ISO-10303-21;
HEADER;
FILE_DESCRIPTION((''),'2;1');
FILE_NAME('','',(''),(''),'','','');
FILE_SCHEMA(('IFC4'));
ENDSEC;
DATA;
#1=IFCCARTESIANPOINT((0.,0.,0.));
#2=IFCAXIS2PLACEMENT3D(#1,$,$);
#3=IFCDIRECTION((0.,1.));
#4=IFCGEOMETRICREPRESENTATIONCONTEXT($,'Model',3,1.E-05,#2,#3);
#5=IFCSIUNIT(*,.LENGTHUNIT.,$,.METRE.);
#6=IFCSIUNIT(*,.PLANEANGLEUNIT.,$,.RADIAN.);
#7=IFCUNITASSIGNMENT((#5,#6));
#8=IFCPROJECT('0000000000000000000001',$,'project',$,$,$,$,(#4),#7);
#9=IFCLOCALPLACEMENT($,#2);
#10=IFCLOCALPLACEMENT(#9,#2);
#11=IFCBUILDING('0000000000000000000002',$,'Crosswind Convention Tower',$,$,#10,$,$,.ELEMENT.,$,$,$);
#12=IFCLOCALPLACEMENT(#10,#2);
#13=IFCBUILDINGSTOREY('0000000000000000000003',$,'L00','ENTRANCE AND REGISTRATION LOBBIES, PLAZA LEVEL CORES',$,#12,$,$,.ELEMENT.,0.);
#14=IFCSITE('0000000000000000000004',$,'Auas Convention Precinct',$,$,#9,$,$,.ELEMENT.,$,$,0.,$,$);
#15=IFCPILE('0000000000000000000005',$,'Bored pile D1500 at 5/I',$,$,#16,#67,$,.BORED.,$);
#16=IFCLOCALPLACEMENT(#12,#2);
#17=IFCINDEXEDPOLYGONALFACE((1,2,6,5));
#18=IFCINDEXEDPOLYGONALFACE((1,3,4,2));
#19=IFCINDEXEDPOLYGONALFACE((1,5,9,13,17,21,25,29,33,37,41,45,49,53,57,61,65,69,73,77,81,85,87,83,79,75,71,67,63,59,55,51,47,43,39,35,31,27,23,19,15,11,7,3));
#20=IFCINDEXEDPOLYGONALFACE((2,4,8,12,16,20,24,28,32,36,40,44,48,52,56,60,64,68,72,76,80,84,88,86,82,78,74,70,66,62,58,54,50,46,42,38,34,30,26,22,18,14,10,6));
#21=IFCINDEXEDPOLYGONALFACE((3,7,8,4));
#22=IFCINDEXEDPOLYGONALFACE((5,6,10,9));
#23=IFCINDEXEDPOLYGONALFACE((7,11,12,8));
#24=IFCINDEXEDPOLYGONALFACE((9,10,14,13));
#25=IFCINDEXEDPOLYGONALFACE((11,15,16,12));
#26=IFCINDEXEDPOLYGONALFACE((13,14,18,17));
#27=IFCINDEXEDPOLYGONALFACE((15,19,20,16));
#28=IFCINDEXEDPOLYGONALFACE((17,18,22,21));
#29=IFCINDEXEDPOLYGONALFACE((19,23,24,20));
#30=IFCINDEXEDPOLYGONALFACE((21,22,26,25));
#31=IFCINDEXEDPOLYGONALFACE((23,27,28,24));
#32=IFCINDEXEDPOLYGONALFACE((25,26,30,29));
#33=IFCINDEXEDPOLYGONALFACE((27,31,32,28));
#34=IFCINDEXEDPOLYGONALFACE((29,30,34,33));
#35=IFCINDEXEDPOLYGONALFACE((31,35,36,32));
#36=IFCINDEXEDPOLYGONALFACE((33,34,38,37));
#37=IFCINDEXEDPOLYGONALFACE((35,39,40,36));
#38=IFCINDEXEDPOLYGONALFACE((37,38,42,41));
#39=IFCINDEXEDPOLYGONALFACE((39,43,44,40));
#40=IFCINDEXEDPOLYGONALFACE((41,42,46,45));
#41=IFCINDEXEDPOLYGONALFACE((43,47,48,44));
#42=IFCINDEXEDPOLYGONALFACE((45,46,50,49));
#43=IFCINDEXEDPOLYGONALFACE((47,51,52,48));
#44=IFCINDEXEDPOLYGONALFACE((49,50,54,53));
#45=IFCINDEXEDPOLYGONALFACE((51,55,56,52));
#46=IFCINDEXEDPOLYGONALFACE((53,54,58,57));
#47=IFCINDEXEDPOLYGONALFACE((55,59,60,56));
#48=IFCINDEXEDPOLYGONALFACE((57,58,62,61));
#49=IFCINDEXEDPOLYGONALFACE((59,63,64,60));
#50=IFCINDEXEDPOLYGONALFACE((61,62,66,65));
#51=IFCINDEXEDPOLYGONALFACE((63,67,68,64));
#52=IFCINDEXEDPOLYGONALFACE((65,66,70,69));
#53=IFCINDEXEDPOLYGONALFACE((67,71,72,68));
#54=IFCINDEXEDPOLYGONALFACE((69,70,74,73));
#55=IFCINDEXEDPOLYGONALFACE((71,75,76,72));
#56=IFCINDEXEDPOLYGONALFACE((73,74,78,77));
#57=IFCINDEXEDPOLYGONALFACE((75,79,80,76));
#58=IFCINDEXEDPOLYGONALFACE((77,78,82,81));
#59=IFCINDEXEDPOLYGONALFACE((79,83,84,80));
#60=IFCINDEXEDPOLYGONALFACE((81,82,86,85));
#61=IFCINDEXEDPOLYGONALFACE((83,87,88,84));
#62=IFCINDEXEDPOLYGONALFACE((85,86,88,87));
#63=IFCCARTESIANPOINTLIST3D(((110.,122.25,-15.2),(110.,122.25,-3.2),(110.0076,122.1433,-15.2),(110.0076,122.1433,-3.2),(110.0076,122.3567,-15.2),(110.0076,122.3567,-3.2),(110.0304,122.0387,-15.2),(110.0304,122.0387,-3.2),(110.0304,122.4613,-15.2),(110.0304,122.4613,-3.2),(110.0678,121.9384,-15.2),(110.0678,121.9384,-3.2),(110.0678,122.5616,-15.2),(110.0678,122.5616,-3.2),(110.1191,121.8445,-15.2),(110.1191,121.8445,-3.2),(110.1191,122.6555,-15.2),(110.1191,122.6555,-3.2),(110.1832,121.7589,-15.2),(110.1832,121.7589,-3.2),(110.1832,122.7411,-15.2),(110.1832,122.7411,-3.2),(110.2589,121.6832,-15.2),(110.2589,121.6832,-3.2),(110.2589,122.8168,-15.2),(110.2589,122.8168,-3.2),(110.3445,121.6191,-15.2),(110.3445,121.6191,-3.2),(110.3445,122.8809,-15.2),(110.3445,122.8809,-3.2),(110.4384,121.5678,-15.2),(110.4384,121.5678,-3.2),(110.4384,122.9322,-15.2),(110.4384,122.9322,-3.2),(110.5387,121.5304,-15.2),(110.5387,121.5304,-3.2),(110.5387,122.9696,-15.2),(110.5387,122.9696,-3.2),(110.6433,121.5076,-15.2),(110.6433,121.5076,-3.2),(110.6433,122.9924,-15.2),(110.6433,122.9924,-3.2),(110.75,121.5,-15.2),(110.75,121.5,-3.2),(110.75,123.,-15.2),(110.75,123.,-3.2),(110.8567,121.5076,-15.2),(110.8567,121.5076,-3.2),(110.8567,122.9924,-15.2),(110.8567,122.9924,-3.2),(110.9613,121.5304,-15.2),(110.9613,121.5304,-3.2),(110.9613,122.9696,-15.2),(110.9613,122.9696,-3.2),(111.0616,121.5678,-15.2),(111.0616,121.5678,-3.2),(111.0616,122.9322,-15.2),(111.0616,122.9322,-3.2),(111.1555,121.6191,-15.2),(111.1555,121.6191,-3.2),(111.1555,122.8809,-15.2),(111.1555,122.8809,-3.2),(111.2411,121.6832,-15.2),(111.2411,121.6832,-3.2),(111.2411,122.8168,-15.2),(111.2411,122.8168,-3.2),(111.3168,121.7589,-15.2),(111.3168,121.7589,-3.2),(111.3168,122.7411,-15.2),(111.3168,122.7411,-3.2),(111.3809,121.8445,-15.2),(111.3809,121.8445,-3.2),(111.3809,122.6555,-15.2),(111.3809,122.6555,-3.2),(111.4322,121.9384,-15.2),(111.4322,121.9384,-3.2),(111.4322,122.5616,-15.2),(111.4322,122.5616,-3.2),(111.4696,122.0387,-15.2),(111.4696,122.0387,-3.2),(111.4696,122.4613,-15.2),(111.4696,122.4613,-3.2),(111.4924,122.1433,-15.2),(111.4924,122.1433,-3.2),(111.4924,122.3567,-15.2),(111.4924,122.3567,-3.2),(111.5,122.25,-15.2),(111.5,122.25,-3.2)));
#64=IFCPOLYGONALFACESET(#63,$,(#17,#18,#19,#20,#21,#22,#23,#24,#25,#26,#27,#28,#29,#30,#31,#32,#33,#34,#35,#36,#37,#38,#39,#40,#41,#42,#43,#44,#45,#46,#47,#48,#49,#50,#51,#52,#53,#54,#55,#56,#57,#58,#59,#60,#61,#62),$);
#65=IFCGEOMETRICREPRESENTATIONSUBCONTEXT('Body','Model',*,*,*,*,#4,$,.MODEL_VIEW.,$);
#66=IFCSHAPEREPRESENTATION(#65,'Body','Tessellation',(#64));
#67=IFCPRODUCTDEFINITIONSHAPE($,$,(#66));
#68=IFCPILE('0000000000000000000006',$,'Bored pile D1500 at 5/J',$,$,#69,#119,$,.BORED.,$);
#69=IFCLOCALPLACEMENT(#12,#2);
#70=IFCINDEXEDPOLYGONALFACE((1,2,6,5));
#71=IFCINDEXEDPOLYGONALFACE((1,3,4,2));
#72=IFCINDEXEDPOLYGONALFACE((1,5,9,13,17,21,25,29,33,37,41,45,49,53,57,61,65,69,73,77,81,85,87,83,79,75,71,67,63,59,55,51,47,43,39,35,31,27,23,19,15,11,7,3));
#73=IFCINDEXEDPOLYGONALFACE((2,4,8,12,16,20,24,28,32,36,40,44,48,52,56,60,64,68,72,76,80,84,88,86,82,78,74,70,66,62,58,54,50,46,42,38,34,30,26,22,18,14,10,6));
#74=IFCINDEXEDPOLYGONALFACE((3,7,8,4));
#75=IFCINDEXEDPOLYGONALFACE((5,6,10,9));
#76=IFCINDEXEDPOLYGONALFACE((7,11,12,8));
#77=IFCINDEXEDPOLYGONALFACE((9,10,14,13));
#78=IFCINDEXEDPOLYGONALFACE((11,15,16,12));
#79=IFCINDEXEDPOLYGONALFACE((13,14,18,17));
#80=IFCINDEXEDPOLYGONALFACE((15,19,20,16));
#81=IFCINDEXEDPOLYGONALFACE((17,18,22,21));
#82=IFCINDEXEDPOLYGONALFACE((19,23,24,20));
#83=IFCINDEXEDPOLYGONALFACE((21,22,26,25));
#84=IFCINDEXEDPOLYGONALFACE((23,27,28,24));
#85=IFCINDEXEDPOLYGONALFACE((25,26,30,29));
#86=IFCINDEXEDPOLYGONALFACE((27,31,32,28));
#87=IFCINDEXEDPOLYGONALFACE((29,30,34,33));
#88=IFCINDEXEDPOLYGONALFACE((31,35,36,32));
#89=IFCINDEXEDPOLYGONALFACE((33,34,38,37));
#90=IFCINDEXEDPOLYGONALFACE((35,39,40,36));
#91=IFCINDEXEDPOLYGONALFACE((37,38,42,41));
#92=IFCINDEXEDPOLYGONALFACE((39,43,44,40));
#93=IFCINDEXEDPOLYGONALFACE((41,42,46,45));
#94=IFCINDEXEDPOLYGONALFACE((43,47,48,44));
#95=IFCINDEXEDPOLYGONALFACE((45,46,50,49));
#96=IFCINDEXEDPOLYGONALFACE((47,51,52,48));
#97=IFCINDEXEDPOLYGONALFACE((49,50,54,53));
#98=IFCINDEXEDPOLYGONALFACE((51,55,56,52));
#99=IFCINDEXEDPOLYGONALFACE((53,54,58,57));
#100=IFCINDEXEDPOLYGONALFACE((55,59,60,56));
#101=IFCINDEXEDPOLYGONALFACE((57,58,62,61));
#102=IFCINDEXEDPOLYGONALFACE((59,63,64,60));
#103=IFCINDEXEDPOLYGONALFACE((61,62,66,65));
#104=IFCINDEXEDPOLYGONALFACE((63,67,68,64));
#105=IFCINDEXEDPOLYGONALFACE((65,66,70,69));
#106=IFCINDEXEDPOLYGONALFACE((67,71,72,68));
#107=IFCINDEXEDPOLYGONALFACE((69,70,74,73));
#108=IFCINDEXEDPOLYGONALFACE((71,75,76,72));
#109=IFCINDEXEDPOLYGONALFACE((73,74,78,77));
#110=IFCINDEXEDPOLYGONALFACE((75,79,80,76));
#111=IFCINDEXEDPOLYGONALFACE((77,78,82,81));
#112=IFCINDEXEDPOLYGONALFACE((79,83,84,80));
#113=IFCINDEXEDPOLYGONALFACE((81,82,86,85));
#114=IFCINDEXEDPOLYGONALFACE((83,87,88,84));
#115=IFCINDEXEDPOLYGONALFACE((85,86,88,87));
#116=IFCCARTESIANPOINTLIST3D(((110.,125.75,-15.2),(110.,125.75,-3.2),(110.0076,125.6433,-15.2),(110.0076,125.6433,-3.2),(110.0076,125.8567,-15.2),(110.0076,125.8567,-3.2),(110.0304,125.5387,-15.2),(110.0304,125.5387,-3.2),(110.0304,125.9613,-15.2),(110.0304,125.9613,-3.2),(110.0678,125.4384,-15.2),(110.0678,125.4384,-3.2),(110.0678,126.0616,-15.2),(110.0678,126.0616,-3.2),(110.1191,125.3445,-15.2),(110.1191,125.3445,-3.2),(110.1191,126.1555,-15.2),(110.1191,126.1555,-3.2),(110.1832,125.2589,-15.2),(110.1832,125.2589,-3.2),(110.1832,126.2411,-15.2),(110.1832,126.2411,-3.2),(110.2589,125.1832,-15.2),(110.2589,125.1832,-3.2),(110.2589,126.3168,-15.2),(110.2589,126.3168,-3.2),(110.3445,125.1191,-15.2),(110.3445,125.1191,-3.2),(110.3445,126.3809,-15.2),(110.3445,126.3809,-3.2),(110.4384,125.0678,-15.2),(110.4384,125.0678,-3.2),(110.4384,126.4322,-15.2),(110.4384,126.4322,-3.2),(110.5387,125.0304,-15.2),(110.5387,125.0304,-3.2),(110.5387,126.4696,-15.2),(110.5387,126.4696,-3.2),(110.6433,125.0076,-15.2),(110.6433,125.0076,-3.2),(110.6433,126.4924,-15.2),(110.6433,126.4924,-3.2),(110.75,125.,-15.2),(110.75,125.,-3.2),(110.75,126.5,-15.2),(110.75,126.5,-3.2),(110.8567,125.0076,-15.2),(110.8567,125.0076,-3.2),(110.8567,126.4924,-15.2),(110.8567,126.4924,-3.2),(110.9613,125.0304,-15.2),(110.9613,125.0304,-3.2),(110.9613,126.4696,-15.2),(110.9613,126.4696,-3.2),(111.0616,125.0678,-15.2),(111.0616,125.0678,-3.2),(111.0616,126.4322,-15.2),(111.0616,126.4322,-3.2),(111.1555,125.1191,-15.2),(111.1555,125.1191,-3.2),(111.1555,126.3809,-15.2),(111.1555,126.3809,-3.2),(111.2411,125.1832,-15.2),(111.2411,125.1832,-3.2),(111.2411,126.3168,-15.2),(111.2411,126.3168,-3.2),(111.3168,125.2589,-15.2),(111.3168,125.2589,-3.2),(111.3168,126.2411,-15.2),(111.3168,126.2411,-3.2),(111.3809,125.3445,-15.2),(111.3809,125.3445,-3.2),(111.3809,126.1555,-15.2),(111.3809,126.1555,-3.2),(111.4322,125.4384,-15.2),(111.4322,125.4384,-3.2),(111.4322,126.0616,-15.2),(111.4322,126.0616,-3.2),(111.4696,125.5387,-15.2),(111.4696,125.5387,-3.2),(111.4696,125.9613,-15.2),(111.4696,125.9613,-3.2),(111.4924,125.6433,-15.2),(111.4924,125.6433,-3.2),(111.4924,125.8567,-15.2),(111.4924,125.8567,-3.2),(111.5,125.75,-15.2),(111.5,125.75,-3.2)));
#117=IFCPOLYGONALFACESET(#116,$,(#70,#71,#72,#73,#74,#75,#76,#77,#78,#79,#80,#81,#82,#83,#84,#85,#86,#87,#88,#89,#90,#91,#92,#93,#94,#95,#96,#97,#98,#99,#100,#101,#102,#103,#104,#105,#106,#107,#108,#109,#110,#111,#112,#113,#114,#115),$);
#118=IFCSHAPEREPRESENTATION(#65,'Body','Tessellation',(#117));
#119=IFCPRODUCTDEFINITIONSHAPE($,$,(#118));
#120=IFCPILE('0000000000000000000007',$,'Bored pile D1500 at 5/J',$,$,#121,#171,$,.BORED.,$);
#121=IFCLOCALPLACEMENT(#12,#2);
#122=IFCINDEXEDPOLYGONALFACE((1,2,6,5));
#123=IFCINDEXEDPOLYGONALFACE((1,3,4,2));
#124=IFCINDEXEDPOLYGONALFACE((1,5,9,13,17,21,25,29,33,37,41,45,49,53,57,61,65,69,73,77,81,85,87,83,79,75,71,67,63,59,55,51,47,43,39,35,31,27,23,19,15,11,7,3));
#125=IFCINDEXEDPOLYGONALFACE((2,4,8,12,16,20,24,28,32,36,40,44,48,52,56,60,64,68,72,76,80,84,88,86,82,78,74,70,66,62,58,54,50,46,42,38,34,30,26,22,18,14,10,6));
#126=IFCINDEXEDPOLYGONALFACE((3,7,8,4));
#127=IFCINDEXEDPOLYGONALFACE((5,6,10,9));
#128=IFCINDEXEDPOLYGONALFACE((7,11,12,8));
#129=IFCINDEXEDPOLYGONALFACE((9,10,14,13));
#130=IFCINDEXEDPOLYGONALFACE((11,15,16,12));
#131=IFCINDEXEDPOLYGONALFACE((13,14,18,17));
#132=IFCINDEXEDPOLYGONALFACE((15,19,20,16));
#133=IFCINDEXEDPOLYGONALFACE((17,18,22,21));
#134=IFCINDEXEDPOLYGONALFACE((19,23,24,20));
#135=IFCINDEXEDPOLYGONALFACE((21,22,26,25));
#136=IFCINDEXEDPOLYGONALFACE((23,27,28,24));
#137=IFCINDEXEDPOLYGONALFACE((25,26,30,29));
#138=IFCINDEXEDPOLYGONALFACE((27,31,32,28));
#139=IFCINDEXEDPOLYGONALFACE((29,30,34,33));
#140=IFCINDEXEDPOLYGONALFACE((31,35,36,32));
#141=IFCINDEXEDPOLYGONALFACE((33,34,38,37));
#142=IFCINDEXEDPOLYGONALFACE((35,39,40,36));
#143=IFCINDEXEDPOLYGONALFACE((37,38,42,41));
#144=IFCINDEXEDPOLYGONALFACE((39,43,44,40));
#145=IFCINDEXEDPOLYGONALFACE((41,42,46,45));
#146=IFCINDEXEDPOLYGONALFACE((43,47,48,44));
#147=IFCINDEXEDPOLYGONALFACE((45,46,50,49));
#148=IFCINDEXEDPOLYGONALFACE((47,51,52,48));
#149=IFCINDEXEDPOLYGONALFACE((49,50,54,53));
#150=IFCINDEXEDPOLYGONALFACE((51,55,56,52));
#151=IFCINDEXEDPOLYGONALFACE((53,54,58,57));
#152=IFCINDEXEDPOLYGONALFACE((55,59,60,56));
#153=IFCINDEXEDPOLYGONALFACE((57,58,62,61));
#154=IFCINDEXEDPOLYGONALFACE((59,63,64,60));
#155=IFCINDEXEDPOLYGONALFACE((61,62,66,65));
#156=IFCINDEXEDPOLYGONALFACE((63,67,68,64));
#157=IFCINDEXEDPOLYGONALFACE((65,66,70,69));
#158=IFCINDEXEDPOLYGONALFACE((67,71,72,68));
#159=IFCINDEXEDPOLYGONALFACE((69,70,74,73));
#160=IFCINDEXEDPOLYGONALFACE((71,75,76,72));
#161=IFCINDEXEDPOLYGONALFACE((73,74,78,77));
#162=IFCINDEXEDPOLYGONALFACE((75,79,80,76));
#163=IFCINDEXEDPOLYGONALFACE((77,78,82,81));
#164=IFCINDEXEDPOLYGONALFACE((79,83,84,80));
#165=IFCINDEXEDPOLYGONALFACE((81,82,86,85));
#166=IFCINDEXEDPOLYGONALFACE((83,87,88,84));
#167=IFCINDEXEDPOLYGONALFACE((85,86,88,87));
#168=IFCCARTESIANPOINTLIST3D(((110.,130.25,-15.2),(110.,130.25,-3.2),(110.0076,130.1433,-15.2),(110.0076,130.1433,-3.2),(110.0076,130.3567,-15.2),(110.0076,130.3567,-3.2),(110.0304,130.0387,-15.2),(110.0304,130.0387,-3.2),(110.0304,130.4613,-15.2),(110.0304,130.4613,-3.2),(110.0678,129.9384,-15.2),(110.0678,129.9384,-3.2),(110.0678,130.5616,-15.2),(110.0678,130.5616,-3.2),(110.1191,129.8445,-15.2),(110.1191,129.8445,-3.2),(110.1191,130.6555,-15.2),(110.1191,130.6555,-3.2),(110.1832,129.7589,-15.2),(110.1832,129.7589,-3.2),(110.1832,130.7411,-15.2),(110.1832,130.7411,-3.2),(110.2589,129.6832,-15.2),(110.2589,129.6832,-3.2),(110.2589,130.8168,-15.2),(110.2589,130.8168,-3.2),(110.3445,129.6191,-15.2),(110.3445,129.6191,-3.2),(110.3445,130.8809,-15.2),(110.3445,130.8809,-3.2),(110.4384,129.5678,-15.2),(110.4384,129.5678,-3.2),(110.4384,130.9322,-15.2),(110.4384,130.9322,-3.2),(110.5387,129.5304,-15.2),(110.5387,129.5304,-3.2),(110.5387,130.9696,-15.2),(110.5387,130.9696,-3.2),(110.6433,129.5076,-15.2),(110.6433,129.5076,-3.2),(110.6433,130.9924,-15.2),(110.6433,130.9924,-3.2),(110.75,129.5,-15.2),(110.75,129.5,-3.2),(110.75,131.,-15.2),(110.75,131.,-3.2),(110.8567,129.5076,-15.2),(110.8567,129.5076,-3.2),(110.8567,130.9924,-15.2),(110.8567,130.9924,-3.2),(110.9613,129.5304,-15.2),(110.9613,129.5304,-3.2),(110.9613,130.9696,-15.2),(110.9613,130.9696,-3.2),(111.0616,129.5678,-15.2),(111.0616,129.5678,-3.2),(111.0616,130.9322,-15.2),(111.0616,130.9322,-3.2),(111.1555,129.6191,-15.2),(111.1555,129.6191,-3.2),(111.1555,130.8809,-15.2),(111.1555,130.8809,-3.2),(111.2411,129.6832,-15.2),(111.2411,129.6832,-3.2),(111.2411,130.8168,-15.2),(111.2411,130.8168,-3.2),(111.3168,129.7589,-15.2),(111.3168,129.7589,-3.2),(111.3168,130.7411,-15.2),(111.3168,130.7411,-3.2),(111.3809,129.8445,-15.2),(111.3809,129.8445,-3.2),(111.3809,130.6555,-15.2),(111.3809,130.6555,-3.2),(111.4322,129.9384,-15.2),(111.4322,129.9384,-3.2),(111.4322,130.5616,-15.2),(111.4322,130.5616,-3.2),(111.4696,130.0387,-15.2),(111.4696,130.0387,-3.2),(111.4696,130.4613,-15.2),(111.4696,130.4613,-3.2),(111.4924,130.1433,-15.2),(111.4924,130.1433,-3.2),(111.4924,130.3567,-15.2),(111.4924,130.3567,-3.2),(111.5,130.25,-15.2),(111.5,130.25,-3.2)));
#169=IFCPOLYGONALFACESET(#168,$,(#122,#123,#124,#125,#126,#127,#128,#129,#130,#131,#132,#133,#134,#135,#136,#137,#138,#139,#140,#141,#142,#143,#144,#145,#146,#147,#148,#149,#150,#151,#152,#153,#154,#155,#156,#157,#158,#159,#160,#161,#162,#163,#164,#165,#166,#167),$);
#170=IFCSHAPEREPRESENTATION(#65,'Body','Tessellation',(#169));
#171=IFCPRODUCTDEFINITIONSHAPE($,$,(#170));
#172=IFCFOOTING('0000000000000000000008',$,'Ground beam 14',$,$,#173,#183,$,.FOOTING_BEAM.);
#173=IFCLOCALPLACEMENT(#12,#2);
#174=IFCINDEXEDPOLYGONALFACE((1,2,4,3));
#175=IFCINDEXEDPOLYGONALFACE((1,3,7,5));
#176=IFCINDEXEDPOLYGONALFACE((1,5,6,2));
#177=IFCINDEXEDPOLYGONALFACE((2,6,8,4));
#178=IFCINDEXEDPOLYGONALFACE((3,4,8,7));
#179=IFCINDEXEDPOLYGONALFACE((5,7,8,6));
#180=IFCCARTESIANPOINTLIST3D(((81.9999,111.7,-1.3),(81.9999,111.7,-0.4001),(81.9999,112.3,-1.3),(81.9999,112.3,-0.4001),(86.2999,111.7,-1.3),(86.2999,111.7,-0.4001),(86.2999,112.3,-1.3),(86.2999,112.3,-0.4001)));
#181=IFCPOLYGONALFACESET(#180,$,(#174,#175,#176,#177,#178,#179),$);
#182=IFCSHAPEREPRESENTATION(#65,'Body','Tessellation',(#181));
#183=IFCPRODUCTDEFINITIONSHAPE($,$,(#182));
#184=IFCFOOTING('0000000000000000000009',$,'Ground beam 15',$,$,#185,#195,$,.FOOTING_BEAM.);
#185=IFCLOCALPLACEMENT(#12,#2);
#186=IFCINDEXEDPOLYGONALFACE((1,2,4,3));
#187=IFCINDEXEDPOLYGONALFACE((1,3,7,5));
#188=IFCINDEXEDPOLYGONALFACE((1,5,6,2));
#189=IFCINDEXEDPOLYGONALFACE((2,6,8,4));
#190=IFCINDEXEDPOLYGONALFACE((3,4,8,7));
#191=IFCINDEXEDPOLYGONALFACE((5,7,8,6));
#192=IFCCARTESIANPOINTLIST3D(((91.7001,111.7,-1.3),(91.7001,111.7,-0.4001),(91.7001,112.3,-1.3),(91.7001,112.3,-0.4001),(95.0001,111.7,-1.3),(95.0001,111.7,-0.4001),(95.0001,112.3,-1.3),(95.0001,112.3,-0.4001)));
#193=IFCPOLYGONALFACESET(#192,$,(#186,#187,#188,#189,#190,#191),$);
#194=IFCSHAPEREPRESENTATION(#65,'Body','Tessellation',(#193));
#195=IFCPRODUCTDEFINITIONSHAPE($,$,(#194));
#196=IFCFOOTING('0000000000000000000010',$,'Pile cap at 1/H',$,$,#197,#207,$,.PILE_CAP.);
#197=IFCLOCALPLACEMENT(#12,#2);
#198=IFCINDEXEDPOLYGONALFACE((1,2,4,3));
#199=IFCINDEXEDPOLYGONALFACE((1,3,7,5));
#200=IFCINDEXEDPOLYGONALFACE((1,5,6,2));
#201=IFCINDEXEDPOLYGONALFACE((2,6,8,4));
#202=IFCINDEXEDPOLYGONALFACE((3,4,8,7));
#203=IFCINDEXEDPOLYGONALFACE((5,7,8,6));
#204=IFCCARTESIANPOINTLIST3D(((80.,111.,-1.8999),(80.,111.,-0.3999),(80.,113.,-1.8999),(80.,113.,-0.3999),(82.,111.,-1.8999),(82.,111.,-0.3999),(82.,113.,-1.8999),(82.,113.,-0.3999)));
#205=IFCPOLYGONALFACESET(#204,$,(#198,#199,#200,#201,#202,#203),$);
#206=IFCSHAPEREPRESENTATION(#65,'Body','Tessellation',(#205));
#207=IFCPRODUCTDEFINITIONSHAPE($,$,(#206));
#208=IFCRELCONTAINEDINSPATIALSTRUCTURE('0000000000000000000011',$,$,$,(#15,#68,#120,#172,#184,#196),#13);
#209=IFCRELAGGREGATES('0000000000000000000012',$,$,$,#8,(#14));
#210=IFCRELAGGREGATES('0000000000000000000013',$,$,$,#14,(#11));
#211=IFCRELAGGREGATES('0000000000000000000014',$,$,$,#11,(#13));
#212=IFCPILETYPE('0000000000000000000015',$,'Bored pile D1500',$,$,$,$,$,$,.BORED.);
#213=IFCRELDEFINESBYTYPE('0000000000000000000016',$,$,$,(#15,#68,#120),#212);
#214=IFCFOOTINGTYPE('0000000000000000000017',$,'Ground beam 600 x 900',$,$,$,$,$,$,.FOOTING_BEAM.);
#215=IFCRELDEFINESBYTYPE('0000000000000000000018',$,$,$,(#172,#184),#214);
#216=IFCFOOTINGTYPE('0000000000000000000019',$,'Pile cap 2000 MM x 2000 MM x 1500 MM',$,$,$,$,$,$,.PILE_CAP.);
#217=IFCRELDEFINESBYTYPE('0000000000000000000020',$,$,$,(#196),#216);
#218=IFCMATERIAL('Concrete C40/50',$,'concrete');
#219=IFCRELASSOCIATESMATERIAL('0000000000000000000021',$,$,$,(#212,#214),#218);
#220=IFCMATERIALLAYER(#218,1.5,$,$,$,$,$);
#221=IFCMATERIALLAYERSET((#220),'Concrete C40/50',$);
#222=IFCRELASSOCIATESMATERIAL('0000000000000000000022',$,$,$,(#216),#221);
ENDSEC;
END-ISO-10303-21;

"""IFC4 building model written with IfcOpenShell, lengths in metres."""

from ifc_helpers import new_model, si_unit, direction, frame, origin, origin_2d, place, context, subcontext, project, spatial, rectangle, circle, extrude, material, layer, layer_set, material_profile, profile_set, type_object, element, save


model = new_model("IFC4")

# Units and contexts
model_context = context("Model", 3, precision=1e-05, world=origin(), true_north=direction((0.0, 1.0)))
body_context = subcontext(model_context, "Body", "Model", "MODEL_VIEW")
ifc_project = project(units=[si_unit("LENGTHUNIT", "METRE"), si_unit("PLANEANGLEUNIT", "RADIAN")], contexts=[model_context])

# Site, building, storey
site_placement = place(None, origin())
site = spatial("IfcSite", under=ifc_project, at=site_placement, Name="Auas Convention Precinct", CompositionType="ELEMENT", RefElevation=0.0)
building_placement = place(site_placement, origin())
building = spatial("IfcBuilding", under=site, at=building_placement, Name="Crosswind Convention Tower", CompositionType="ELEMENT")
storey_placement = place(building_placement, origin())
storey = spatial("IfcBuildingStorey", under=building, at=storey_placement, Name="L00", Description="ENTRANCE AND REGISTRATION LOBBIES, PLAZA LEVEL CORES", CompositionType="ELEMENT", Elevation=0.0)

# Piles
ifc_material_1 = material(Name="Concrete C40/50", Category="concrete")
ifc_material_profile_1 = material_profile(ifc_material_1, circle(Radius=0.75, at=origin_2d()), Name="Bored pile D1500")
ifc_profile_set_1 = profile_set([ifc_material_profile_1], Name="Concrete C40/50")
pile_type_1 = type_object("IfcPileType", Name="Bored pile D1500", PredefinedType="BORED", material=ifc_profile_set_1)
for number, where, z_axis, x_axis, name in (
    (1, (110.75, 122.25, -3.2), (0.0, 0.0, -1.0), (1.0, 0.0, 0.0), "Bored pile D1500 at 5/I"),
    (2, (110.75, 125.75, -3.2), (0.0, 0.0, -1.0), (1.0, 0.0, 0.0), "Bored pile D1500 at 5/J"),
    (3, (110.75, 130.25, -3.2), (0.0, 0.0, -1.0), (1.0, 0.0, 0.0), "Bored pile D1500 at 5/J"),
):
    element("IfcPile", number, at=place(storey_placement, frame(where, z_axis=z_axis, x_axis=x_axis)), inside=storey, type_object=pile_type_1, Name=name, PredefinedType="BORED", context=body_context, shape_type="SweptSolid", body=[
        extrude(circle(Radius=0.75, at=origin_2d()), origin(), (0.0, 0.0, 1.0), 12.0),
    ])

# Footings
footing_type_1 = type_object("IfcFootingType", Name="Ground beam 600 x 900", PredefinedType="FOOTING_BEAM", material=ifc_material_1)
footing_1_placement = place(storey_placement, frame((84.1499, 112.0, -1.3), z_axis=(0.0, 0.0, 1.0), x_axis=(1.0, 0.0, 0.0)))
element("IfcFooting", 4, at=footing_1_placement, inside=storey, type_object=footing_type_1, Name="Ground beam 14", PredefinedType="FOOTING_BEAM", context=body_context, shape_type="SweptSolid", body=[
    extrude(rectangle(XDim=4.3, YDim=0.6001, at=origin_2d()), origin(), (0.0, 0.0, 1.0), 0.8999),
])
footing_2_placement = place(storey_placement, frame((93.3501, 112.0, -1.3), z_axis=(0.0, 0.0, 1.0), x_axis=(1.0, 0.0, 0.0)))
element("IfcFooting", 5, at=footing_2_placement, inside=storey, type_object=footing_type_1, Name="Ground beam 15", PredefinedType="FOOTING_BEAM", context=body_context, shape_type="SweptSolid", body=[
    extrude(rectangle(XDim=3.3, YDim=0.6001, at=origin_2d()), origin(), (0.0, 0.0, 1.0), 0.8999),
])
ifc_layer_1 = layer(ifc_material_1, 1.5)
ifc_layer_set_1 = layer_set([ifc_layer_1], Name="Concrete C40/50")
footing_type_2 = type_object("IfcFootingType", Name="Pile cap 2000 MM x 2000 MM x 1500 MM", PredefinedType="PILE_CAP", material=ifc_layer_set_1)
footing_3_placement = place(storey_placement, frame((81.0, 112.0, -1.8999), z_axis=(0.0, 0.0, 1.0), x_axis=(1.0, 0.0, 0.0)))
element("IfcFooting", 6, at=footing_3_placement, inside=storey, type_object=footing_type_2, Name="Pile cap at 1/H", PredefinedType="PILE_CAP", context=body_context, shape_type="SweptSolid", body=[
    extrude(rectangle(XDim=2.0, YDim=2.0, at=origin_2d()), origin(), (0.0, 0.0, 1.0), 1.5),
])

save(model, "model.ifc")
